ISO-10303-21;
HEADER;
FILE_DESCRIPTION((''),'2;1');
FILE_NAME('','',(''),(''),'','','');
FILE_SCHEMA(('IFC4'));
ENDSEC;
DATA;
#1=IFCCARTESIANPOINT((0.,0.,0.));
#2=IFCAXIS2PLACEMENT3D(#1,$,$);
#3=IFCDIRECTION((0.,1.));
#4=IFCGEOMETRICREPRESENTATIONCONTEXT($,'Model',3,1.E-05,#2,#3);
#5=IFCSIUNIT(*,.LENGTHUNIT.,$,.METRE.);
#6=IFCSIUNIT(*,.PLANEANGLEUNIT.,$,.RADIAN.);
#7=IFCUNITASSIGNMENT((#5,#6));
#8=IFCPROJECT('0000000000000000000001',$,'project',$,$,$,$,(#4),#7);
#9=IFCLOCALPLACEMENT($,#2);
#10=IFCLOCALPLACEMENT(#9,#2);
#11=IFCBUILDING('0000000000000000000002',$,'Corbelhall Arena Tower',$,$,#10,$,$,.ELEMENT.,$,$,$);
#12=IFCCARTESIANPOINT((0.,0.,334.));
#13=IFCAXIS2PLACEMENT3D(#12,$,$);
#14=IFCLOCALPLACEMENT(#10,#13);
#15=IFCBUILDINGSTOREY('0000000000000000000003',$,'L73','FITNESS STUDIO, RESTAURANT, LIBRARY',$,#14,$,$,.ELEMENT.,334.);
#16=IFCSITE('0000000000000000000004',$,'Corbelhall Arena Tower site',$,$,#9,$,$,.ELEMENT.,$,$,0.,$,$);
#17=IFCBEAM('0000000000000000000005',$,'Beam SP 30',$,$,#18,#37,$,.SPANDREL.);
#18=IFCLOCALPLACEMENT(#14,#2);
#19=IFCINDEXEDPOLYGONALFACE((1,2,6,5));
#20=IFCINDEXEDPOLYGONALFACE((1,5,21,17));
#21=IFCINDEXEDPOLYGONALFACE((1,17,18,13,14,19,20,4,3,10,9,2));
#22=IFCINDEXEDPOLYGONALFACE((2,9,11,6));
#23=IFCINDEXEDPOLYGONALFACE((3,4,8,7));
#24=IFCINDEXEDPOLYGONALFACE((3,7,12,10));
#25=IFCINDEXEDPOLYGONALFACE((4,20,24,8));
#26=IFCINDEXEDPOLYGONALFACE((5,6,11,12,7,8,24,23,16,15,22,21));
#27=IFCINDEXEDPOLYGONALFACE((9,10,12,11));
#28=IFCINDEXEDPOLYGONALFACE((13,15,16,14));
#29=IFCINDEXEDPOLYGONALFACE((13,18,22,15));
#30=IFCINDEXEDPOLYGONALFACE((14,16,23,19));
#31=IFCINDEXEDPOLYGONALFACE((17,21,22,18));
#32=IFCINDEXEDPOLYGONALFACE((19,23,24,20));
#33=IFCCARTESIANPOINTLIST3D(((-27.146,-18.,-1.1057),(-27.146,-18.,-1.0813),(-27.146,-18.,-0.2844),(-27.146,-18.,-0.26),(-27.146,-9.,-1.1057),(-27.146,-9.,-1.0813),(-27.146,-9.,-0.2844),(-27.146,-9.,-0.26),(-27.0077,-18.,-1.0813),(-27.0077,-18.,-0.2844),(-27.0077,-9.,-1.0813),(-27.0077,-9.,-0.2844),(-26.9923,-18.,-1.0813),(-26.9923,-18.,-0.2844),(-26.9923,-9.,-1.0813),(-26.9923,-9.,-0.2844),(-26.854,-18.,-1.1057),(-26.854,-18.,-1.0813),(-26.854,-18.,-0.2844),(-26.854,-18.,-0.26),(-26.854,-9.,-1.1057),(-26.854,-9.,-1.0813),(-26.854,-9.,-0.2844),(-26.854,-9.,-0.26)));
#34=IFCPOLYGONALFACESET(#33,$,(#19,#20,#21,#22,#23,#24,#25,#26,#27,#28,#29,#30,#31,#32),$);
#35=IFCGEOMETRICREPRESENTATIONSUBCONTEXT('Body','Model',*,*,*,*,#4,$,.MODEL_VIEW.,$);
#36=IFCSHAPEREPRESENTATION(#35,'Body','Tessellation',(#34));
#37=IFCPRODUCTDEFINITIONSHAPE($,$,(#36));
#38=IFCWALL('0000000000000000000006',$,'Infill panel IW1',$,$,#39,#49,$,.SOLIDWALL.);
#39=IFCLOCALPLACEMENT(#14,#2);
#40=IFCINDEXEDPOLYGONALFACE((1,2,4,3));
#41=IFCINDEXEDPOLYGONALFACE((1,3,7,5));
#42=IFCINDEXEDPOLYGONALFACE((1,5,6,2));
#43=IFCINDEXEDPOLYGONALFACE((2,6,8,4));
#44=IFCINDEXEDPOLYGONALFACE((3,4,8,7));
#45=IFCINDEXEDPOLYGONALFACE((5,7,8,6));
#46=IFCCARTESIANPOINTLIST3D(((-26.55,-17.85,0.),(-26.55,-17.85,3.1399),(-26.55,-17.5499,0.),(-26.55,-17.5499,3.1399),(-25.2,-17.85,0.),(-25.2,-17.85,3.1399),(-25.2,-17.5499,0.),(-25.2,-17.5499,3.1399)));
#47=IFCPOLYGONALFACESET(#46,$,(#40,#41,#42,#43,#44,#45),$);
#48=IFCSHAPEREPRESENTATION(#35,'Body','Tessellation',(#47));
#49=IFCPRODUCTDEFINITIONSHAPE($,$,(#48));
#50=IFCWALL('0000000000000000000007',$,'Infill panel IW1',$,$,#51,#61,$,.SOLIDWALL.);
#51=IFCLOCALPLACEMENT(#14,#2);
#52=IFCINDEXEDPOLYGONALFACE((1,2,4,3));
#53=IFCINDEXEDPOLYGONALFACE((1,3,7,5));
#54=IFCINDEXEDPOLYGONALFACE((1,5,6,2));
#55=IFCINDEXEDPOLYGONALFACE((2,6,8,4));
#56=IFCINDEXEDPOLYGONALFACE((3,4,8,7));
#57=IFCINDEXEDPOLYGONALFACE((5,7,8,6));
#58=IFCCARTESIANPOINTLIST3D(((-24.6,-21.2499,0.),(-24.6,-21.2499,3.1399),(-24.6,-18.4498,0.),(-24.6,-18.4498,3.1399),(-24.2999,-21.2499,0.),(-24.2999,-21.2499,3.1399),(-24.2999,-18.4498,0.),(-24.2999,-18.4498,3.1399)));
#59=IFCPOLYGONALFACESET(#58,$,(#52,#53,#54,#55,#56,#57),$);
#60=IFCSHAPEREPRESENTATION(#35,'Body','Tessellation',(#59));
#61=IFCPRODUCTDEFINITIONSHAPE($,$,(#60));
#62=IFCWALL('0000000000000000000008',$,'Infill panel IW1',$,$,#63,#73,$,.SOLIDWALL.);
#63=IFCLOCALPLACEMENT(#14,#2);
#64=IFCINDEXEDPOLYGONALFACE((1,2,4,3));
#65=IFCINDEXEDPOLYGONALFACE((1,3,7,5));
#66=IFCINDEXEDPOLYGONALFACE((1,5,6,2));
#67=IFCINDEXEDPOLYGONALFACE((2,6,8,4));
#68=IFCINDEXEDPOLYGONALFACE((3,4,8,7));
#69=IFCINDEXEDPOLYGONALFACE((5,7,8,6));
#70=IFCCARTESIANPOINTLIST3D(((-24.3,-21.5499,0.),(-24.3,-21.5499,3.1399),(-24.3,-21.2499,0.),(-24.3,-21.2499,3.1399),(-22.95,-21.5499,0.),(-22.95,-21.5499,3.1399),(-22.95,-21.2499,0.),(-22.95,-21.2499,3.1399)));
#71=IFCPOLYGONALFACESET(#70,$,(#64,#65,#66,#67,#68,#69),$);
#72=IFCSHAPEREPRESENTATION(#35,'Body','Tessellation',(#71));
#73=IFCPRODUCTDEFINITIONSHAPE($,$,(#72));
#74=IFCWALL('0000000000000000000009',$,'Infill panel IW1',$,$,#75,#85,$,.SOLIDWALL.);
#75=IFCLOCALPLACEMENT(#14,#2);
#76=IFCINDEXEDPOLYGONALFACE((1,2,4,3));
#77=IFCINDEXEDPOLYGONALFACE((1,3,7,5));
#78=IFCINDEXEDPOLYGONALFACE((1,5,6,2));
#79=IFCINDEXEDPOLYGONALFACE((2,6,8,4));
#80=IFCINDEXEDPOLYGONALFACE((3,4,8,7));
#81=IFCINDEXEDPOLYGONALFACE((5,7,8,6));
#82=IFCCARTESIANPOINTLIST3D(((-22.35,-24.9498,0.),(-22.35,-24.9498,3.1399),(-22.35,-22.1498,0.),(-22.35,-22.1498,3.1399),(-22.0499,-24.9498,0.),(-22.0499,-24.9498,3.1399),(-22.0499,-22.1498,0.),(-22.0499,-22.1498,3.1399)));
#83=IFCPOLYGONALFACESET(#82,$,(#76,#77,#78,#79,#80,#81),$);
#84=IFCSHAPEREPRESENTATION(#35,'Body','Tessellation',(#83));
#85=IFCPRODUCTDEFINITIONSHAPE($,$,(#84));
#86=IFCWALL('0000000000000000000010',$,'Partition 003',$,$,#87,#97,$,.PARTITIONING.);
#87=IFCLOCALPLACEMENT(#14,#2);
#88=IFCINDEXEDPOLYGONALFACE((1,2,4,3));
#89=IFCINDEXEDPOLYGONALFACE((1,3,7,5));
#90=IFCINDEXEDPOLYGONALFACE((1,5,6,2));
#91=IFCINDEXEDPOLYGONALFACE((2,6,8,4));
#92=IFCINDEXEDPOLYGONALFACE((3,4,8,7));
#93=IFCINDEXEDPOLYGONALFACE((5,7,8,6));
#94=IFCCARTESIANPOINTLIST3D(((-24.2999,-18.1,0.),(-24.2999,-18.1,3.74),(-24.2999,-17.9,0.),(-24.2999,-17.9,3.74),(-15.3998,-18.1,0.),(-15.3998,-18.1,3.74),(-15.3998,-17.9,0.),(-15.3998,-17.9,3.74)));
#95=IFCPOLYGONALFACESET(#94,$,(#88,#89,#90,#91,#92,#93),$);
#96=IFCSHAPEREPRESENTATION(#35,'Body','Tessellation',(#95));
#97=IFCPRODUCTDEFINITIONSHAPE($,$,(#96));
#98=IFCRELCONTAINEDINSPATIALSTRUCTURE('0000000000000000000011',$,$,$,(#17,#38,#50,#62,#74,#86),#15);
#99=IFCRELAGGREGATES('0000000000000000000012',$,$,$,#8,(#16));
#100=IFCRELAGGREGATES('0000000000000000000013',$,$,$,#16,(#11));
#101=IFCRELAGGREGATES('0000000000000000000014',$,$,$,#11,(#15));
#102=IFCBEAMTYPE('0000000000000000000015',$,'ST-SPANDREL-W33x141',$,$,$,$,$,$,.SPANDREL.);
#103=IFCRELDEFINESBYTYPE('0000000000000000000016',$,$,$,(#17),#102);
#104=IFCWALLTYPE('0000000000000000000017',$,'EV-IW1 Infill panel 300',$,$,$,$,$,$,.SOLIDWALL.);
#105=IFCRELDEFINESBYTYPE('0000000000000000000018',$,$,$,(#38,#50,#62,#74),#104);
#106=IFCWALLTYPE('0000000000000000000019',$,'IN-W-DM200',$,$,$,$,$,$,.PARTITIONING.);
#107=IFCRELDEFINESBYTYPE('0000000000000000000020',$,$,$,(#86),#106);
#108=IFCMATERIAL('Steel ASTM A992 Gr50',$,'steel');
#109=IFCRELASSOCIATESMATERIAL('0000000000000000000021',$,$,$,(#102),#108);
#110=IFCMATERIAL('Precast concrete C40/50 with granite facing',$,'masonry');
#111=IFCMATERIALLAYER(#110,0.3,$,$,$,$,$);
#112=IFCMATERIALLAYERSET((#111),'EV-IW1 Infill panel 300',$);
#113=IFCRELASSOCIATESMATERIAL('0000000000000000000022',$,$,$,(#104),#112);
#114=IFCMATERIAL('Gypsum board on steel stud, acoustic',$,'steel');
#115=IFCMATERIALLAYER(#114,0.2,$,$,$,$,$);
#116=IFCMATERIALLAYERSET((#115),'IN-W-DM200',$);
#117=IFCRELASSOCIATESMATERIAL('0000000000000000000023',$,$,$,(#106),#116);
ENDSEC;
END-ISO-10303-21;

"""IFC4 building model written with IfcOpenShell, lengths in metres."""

from ifc_helpers import new_model, si_unit, direction, frame, frame_2d, origin, origin_2d, place, context, subcontext, project, spatial, rectangle, i_section, extrude, material, layer, layer_set, material_profile, profile_set, type_object, element, save


model = new_model("IFC4")

# Units and contexts
model_context = context("Model", 3, precision=1e-05, world=origin(), true_north=direction((0.0, 1.0)))
body_context = subcontext(model_context, "Body", "Model", "MODEL_VIEW")
ifc_project = project(units=[si_unit("LENGTHUNIT", "METRE"), si_unit("PLANEANGLEUNIT", "RADIAN")], contexts=[model_context])

# Site, building, storey
site_placement = place(None, origin())
site = spatial("IfcSite", under=ifc_project, at=site_placement, Name="Corbelhall Arena Tower site", CompositionType="ELEMENT", RefElevation=0.0)
building_placement = place(site_placement, origin())
building = spatial("IfcBuilding", under=site, at=building_placement, Name="Corbelhall Arena Tower", CompositionType="ELEMENT")
storey_placement = place(building_placement, frame((0.0, 0.0, 334.0)))
storey = spatial("IfcBuildingStorey", under=building, at=storey_placement, Name="L73", Description="FITNESS STUDIO, RESTAURANT, LIBRARY", CompositionType="ELEMENT", Elevation=334.0)

# Beam
ifc_material_1 = material(Name="Steel ASTM A992 Gr50", Category="steel")
ifc_material_profile_1 = material_profile(ifc_material_1, i_section(OverallWidth=0.292, OverallDepth=0.8457, WebThickness=0.0154, FlangeThickness=0.0244, at=origin_2d()))
ifc_profile_set_1 = profile_set([ifc_material_profile_1], Name="Steel ASTM A992 Gr50")
beam_type_1 = type_object("IfcBeamType", Name="ST-SPANDREL-W33x141", PredefinedType="SPANDREL", material=ifc_profile_set_1)
beam_1_placement = place(storey_placement, frame((-27.0, -18.0, -0.6829), z_axis=(0.0, 1.0, 0.0), x_axis=(-1.0, 0.0, 0.0)))
element("IfcBeam", 1, at=beam_1_placement, inside=storey, type_object=beam_type_1, Name="Beam SP 30", PredefinedType="SPANDREL", context=body_context, shape_type="SweptSolid", body=[
    extrude(i_section(OverallWidth=0.292, OverallDepth=0.8457, WebThickness=0.0154, FlangeThickness=0.0244, at=origin_2d()), origin(), (0.0, 0.0, 1.0), 9.0),
])

# Walls
ifc_material_2 = material(Name="Precast concrete C40/50 with granite facing", Category="masonry")
ifc_layer_1 = layer(ifc_material_2, 0.3)
ifc_layer_set_1 = layer_set([ifc_layer_1], Name="EV-IW1 Infill panel 300")
wall_type_1 = type_object("IfcWallType", Name="EV-IW1 Infill panel 300", PredefinedType="SOLIDWALL", material=ifc_layer_set_1)
wall_1_placement = place(storey_placement, frame((-26.55, -17.7, 0.0), z_axis=(0.0, 0.0, 1.0), x_axis=(1.0, 0.0, 0.0)))
element("IfcWall", 2, at=wall_1_placement, inside=storey, type_object=wall_type_1, Name="Infill panel IW1", PredefinedType="SOLIDWALL", context=body_context, shape_type="SweptSolid", body=[
    extrude(rectangle(XDim=1.3501, YDim=0.3, at=frame_2d((0.675, 0.0))), origin(), (0.0, 0.0, 1.0), 3.1399),
])
wall_2_placement = place(storey_placement, frame((-24.45, -18.45, 0.0), z_axis=(0.0, 0.0, 1.0), x_axis=(0.0, -1.0, 0.0)))
element("IfcWall", 3, at=wall_2_placement, inside=storey, type_object=wall_type_1, Name="Infill panel IW1", PredefinedType="SOLIDWALL", context=body_context, shape_type="SweptSolid", body=[
    extrude(rectangle(XDim=2.8, YDim=0.3, at=frame_2d((1.3999, 0.0))), origin(), (0.0, 0.0, 1.0), 3.1399),
])
wall_3_placement = place(storey_placement, frame((-24.3, -21.3999, 0.0), z_axis=(0.0, 0.0, 1.0), x_axis=(1.0, 0.0, 0.0)))
element("IfcWall", 4, at=wall_3_placement, inside=storey, type_object=wall_type_1, Name="Infill panel IW1", PredefinedType="SOLIDWALL", context=body_context, shape_type="SweptSolid", body=[
    extrude(rectangle(XDim=1.3501, YDim=0.3, at=frame_2d((0.675, 0.0))), origin(), (0.0, 0.0, 1.0), 3.1399),
])
wall_4_placement = place(storey_placement, frame((-22.2, -22.1499, 0.0), z_axis=(0.0, 0.0, 1.0), x_axis=(0.0, -1.0, 0.0)))
element("IfcWall", 5, at=wall_4_placement, inside=storey, type_object=wall_type_1, Name="Infill panel IW1", PredefinedType="SOLIDWALL", context=body_context, shape_type="SweptSolid", body=[
    extrude(rectangle(XDim=2.8, YDim=0.3, at=frame_2d((1.3999, 0.0))), origin(), (0.0, 0.0, 1.0), 3.1399),
])

# Wall
ifc_material_3 = material(Name="Gypsum board on steel stud, acoustic", Category="steel")
ifc_layer_2 = layer(ifc_material_3, 0.2)
ifc_layer_set_2 = layer_set([ifc_layer_2], Name="IN-W-DM200")
wall_type_2 = type_object("IfcWallType", Name="IN-W-DM200", PredefinedType="PARTITIONING", material=ifc_layer_set_2)
wall_5_placement = place(storey_placement, frame((-24.3, -18.0, 0.0), z_axis=(0.0, 0.0, 1.0), x_axis=(1.0, 0.0, 0.0)))
element("IfcWall", 6, at=wall_5_placement, inside=storey, type_object=wall_type_2, Name="Partition 003", PredefinedType="PARTITIONING", context=body_context, shape_type="SweptSolid", body=[
    extrude(rectangle(XDim=8.9001, YDim=0.2, at=frame_2d((4.4502, 0.0))), origin(), (0.0, 0.0, 1.0), 3.74),
])

save(model, "model.ifc")
